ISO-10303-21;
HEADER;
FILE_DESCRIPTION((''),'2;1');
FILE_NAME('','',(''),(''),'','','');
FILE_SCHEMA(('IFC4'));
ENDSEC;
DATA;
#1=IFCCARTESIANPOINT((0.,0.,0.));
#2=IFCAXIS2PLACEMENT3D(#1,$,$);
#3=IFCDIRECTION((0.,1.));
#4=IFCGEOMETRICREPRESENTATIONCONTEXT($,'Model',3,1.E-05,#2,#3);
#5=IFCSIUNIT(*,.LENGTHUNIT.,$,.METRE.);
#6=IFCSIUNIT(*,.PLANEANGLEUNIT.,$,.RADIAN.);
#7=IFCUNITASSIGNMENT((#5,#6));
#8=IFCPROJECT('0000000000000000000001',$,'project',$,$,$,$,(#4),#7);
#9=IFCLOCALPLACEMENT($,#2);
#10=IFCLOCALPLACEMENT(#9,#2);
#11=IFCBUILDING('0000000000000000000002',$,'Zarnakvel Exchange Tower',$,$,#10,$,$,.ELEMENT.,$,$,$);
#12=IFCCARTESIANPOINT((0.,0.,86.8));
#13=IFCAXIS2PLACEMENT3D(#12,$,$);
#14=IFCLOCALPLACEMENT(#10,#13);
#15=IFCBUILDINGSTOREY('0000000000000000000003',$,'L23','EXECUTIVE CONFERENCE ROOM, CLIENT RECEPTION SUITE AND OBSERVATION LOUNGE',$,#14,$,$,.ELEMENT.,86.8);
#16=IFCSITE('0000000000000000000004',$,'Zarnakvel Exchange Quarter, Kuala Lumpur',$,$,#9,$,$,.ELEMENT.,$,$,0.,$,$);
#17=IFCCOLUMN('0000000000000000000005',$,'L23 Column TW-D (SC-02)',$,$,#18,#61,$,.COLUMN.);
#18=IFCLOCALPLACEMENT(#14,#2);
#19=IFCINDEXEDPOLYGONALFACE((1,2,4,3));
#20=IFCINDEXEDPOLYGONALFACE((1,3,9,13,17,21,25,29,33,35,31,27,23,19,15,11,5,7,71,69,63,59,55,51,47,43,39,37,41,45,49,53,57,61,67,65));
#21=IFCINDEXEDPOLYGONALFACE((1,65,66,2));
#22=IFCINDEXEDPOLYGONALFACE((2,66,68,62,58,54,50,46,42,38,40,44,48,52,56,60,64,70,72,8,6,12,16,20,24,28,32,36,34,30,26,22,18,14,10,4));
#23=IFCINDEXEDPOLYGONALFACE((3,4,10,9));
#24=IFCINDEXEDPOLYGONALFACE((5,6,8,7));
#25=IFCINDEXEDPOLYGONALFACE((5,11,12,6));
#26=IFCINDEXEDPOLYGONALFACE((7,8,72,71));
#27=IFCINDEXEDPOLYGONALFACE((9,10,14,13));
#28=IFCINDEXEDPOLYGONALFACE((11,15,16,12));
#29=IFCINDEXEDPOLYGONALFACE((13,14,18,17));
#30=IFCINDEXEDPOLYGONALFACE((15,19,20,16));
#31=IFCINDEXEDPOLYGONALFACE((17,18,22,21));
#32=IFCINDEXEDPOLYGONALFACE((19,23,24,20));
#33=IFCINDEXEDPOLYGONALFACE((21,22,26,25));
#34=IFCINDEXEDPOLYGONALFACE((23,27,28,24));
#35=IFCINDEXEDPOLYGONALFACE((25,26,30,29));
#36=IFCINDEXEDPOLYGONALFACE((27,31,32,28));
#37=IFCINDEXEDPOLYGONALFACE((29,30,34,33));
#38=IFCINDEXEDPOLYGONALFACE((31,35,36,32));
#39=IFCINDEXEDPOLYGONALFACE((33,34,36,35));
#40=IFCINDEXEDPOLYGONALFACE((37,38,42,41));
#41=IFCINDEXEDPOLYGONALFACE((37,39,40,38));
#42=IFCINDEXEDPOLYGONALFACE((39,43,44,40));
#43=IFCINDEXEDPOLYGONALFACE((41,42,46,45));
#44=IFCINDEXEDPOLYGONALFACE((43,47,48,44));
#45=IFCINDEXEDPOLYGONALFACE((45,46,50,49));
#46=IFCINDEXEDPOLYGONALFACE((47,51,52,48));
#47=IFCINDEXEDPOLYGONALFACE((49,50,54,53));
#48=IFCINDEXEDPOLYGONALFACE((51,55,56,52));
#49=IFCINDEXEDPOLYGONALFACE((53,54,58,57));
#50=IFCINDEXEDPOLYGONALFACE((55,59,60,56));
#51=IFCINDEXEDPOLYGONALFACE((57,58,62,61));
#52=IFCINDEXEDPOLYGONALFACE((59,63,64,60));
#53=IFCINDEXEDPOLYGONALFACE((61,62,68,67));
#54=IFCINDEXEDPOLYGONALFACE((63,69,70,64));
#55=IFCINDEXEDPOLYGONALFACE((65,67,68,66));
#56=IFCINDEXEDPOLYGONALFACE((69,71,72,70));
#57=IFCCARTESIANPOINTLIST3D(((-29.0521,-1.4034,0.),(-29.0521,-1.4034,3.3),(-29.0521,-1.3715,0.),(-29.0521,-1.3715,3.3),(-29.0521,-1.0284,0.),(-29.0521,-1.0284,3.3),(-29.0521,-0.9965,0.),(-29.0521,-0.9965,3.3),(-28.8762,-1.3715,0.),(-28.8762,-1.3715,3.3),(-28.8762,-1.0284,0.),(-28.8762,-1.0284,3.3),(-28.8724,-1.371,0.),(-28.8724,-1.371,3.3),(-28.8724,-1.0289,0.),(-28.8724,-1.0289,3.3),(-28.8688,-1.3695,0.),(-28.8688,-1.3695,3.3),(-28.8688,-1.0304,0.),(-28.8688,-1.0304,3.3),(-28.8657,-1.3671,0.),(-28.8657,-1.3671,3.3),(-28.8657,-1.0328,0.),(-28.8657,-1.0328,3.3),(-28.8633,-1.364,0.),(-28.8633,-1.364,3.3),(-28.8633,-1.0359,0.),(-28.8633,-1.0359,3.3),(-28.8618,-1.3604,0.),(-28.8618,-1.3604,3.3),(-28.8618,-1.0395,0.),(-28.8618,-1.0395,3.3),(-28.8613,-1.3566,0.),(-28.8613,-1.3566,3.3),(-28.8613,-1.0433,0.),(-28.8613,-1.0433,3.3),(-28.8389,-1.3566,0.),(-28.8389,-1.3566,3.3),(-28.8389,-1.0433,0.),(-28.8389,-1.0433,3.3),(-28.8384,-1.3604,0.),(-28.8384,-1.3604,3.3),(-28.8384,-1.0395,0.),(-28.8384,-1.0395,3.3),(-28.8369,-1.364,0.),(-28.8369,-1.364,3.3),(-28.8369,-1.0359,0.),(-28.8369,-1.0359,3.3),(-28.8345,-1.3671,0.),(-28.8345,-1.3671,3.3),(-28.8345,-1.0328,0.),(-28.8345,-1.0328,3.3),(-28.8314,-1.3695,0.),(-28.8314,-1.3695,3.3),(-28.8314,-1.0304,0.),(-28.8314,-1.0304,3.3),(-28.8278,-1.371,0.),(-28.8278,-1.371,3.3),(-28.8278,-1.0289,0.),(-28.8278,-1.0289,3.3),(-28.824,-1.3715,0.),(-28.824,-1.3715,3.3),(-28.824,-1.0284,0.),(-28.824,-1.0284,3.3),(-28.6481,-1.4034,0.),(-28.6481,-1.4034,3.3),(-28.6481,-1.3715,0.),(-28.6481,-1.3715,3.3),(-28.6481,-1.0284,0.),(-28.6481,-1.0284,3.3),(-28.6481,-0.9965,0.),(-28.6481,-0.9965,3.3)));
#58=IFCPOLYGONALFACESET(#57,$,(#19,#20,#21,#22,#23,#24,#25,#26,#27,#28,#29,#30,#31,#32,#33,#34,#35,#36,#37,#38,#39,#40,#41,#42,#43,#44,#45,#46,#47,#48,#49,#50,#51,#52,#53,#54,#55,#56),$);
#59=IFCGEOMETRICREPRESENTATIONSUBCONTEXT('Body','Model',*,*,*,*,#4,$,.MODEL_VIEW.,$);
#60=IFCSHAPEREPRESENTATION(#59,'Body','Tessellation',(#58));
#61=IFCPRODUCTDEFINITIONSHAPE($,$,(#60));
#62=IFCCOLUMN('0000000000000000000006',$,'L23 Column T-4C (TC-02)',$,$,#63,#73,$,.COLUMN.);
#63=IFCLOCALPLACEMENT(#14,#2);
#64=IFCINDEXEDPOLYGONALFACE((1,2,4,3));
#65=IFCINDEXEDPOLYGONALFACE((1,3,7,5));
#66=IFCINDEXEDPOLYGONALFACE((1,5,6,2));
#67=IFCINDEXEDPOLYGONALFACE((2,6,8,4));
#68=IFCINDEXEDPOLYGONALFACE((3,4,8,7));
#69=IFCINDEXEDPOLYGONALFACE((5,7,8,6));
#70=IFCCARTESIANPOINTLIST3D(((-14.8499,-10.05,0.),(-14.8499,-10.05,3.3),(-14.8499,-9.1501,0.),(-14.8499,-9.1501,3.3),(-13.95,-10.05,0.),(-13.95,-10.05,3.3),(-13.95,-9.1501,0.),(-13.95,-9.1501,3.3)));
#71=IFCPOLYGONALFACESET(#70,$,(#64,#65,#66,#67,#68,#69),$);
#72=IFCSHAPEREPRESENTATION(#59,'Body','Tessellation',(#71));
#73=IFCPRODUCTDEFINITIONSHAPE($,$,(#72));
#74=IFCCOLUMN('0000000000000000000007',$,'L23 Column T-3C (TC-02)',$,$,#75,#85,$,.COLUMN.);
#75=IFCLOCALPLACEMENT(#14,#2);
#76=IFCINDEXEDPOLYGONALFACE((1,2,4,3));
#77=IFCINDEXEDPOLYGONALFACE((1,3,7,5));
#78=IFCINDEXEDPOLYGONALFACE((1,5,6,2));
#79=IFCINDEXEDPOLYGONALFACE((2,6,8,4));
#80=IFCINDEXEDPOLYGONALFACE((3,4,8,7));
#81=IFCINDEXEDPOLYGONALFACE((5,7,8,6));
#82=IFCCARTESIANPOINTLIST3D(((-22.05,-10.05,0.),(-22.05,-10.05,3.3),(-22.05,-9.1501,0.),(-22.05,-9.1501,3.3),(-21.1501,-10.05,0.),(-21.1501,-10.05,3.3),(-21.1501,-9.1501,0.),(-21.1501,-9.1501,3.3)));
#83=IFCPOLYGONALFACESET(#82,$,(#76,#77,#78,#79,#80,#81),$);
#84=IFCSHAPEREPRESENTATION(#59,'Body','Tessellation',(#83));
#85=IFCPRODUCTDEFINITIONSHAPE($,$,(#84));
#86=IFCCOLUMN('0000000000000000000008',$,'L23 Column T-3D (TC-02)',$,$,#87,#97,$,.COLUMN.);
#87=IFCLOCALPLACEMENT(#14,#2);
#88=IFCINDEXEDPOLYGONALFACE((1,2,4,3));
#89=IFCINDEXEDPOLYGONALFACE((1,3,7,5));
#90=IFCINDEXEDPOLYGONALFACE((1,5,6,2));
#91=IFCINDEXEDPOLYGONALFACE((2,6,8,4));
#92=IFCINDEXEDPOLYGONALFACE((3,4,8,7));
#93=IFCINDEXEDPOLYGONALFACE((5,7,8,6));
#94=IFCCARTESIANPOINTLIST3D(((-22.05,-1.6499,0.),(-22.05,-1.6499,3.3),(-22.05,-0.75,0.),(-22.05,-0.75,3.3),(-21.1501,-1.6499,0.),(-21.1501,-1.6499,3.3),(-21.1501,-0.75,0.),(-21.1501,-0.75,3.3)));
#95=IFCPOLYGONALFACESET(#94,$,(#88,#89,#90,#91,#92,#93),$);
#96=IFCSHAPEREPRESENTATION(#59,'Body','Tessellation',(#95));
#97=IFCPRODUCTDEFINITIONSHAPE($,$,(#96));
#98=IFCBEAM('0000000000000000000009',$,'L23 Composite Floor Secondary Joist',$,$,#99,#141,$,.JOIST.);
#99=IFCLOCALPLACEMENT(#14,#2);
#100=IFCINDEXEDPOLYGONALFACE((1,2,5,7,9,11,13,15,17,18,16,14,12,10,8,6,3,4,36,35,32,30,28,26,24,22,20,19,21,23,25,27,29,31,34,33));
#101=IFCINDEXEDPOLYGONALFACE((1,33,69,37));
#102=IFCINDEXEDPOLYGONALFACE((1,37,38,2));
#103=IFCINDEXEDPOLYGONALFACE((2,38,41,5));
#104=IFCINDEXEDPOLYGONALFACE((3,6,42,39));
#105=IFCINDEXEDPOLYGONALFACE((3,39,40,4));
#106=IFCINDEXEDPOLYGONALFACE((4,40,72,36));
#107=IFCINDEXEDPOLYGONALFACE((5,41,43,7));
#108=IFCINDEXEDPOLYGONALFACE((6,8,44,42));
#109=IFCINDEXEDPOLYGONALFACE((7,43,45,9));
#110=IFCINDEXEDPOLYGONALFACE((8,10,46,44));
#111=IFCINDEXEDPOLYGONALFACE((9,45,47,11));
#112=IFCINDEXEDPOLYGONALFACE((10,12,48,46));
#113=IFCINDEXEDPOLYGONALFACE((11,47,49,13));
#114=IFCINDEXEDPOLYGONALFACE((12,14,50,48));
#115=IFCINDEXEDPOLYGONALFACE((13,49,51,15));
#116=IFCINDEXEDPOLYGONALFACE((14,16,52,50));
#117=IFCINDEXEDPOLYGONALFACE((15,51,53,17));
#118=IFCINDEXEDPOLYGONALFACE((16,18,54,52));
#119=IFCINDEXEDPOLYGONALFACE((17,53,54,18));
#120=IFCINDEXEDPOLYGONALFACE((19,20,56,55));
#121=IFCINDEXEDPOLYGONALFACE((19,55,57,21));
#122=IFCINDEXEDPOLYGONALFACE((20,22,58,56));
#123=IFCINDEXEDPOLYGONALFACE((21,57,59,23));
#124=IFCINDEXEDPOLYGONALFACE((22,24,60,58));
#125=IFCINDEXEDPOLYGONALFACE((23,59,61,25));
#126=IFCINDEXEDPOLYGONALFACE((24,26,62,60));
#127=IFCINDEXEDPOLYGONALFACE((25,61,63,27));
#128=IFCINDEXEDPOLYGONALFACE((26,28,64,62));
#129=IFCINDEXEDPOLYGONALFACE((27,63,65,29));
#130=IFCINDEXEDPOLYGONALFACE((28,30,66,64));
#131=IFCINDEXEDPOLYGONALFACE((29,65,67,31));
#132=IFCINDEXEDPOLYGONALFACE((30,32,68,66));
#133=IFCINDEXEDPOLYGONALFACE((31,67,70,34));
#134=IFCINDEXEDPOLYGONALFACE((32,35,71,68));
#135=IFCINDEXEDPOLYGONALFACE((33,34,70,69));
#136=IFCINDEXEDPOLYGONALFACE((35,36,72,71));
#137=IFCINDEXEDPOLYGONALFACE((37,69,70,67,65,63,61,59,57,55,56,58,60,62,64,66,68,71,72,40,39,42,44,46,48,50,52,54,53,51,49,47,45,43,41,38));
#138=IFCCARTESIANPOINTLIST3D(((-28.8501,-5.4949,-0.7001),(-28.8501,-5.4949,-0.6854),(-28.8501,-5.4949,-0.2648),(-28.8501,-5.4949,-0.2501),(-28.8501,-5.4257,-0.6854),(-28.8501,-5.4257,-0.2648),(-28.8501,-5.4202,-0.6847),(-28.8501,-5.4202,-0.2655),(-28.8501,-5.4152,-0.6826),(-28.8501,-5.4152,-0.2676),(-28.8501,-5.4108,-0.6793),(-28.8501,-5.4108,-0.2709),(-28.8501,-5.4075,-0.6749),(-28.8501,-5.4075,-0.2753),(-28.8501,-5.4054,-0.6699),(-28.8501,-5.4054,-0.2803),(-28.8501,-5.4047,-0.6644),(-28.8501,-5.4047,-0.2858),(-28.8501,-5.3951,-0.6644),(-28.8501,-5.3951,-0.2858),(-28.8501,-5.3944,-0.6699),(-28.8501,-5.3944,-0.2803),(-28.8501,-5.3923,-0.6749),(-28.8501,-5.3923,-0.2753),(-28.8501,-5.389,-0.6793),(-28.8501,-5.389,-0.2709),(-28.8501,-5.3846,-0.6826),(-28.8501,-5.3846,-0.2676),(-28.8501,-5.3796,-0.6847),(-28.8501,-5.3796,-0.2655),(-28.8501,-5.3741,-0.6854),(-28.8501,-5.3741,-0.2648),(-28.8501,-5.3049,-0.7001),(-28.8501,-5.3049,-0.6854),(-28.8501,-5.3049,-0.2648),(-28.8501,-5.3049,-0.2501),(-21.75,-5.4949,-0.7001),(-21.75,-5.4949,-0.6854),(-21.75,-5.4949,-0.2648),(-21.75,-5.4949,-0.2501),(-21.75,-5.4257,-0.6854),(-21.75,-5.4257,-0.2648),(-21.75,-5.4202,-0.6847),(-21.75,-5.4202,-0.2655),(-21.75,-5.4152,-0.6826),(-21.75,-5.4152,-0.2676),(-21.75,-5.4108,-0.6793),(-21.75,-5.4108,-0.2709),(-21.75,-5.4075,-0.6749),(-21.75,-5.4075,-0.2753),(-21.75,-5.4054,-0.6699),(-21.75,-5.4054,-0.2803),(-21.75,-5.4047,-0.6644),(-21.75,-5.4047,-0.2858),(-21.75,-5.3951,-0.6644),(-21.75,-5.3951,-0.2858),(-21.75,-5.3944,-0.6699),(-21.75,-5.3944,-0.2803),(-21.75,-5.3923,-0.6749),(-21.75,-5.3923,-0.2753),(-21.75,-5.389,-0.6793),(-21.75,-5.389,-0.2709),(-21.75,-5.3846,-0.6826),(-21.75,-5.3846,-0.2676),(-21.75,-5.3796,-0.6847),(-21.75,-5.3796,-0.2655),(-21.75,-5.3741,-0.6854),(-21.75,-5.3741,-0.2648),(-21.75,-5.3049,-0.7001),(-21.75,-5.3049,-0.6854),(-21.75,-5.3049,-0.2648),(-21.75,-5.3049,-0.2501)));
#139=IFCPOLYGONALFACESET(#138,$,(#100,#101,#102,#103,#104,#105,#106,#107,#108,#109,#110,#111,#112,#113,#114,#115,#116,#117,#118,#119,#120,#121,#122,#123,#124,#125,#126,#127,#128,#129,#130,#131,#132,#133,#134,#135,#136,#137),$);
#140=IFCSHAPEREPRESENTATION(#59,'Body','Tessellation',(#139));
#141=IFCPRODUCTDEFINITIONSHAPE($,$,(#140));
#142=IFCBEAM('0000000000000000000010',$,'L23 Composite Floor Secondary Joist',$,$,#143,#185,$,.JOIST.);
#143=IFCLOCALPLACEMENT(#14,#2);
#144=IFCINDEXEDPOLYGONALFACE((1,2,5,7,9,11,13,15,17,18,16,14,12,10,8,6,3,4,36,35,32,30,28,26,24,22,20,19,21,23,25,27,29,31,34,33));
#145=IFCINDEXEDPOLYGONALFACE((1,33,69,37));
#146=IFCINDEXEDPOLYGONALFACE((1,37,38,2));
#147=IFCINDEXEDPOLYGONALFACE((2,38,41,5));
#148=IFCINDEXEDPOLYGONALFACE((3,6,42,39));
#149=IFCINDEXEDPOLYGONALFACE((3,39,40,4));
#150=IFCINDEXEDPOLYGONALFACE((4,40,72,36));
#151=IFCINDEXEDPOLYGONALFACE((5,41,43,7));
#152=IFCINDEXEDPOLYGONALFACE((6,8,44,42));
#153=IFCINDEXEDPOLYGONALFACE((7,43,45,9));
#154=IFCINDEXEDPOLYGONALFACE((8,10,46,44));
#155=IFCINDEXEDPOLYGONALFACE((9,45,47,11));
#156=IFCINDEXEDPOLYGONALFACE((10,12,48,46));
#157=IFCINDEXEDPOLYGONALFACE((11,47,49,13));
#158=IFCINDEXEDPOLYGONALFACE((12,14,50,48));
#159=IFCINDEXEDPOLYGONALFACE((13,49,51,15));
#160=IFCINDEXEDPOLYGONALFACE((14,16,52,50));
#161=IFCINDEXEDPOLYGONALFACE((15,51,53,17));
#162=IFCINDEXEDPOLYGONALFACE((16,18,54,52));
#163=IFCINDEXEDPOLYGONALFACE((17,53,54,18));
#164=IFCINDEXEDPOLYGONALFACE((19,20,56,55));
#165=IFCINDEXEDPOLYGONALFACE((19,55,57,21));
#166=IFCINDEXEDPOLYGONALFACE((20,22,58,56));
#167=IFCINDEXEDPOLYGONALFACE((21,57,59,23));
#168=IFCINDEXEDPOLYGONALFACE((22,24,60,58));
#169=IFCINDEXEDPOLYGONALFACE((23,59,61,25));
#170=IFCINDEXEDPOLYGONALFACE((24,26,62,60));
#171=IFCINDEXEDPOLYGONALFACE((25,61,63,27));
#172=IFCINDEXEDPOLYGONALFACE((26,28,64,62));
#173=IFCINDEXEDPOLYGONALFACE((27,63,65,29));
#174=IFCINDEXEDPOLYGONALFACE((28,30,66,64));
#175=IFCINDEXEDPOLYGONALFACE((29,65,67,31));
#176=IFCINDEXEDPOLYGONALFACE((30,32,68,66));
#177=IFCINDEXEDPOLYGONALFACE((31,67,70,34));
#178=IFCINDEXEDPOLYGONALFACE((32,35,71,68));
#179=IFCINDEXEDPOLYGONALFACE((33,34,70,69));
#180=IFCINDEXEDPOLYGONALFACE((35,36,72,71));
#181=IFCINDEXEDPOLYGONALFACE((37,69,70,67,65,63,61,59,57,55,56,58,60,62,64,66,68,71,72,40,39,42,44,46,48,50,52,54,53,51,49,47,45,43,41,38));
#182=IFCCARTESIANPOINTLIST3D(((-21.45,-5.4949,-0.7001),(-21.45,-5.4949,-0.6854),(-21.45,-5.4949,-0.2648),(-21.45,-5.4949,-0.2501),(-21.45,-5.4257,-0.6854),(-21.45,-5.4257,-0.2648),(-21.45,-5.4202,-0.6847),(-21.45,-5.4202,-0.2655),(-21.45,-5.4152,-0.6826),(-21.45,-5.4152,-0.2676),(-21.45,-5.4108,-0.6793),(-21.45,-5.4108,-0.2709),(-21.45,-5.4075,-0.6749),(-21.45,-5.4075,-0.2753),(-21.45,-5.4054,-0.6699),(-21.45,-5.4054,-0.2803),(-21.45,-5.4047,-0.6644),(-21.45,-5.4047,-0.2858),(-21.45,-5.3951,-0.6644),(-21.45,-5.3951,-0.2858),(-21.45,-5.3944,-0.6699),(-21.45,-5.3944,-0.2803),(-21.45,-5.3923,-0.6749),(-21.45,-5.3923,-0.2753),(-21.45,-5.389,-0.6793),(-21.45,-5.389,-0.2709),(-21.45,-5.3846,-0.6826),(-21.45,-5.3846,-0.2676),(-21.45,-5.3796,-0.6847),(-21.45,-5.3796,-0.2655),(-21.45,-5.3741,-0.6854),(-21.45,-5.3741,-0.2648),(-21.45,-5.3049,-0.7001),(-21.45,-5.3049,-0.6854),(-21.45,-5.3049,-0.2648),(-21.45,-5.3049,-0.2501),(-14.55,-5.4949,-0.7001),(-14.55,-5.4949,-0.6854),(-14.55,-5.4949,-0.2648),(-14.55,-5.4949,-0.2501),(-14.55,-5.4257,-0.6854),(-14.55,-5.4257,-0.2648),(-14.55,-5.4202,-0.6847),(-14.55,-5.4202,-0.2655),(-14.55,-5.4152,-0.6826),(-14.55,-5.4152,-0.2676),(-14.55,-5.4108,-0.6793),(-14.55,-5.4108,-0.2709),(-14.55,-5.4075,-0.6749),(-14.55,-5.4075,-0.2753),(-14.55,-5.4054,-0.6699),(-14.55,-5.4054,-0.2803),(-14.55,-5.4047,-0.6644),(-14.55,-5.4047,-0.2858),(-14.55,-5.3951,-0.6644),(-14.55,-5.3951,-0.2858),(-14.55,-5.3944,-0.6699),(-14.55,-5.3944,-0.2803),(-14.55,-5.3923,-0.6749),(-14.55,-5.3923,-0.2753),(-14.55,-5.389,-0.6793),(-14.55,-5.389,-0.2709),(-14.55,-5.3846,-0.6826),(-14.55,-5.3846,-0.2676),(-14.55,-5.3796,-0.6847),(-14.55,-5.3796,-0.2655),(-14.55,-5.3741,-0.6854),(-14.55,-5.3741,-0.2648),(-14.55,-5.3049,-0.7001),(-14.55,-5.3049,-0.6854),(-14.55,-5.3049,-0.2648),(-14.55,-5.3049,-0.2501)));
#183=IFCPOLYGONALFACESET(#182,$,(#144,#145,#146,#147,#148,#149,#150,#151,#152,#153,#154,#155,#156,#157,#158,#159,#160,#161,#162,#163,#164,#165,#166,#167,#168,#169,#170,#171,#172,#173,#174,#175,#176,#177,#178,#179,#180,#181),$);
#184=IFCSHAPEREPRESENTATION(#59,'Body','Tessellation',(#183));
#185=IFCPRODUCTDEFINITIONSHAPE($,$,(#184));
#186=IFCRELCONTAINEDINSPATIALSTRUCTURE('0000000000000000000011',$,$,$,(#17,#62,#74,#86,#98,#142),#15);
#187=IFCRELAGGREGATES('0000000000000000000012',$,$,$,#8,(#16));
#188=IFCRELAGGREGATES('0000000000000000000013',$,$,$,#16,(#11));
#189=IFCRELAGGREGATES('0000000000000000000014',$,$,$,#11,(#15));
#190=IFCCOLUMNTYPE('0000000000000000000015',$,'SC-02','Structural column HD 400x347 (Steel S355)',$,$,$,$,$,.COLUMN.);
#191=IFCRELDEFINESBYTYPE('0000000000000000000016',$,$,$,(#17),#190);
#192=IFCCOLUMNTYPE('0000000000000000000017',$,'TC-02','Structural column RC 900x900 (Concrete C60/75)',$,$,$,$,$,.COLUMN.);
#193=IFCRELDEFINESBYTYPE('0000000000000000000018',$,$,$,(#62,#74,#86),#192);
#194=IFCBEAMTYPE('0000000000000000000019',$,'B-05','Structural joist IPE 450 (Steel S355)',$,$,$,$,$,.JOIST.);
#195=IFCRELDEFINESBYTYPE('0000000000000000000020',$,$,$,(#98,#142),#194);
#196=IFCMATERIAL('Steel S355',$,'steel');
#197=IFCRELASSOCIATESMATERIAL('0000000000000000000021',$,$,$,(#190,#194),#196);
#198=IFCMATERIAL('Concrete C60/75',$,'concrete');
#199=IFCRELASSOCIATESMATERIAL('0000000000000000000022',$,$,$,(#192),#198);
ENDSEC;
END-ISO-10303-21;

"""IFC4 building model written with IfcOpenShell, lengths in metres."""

from ifc_helpers import new_model, si_unit, direction, frame, origin, origin_2d, place, context, subcontext, project, spatial, rectangle, i_section, extrude, material, material_profile, profile_set, type_object, element, save


model = new_model("IFC4")

# Units and contexts
model_context = context("Model", 3, precision=1e-05, world=origin(), true_north=direction((0.0, 1.0)))
body_context = subcontext(model_context, "Body", "Model", "MODEL_VIEW")
ifc_project = project(units=[si_unit("LENGTHUNIT", "METRE"), si_unit("PLANEANGLEUNIT", "RADIAN")], contexts=[model_context])

# Site, building, storey
site_placement = place(None, origin())
site = spatial("IfcSite", under=ifc_project, at=site_placement, Name="Zarnakvel Exchange Quarter, Kuala Lumpur", CompositionType="ELEMENT", RefElevation=0.0)
building_placement = place(site_placement, origin())
building = spatial("IfcBuilding", under=site, at=building_placement, Name="Zarnakvel Exchange Tower", CompositionType="ELEMENT")
storey_placement = place(building_placement, frame((0.0, 0.0, 86.8)))
storey = spatial("IfcBuildingStorey", under=building, at=storey_placement, Name="L23", Description="EXECUTIVE CONFERENCE ROOM, CLIENT RECEPTION SUITE AND OBSERVATION LOUNGE", CompositionType="ELEMENT", Elevation=86.8)

# Columns
ifc_material_1 = material(Name="Steel S355", Category="steel")
ifc_material_profile_1 = material_profile(ifc_material_1, i_section(OverallWidth=0.4041, OverallDepth=0.407, WebThickness=0.0225, FlangeThickness=0.032, FilletRadius=0.0149, at=origin_2d()))
ifc_profile_set_1 = profile_set([ifc_material_profile_1], Name="Steel S355")
column_type_1 = type_object("IfcColumnType", Name="SC-02", Description="Structural column HD 400x347 (Steel S355)", PredefinedType="COLUMN", material=ifc_profile_set_1)
column_placement = place(storey_placement, frame((-28.8501, -1.2, 0.0), z_axis=(0.0, 0.0, 1.0), x_axis=(1.0, 0.0, 0.0)))
element("IfcColumn", 1, at=column_placement, inside=storey, type_object=column_type_1, Name="L23 Column TW-D (SC-02)", PredefinedType="COLUMN", context=body_context, shape_type="SweptSolid", body=[
    extrude(i_section(OverallWidth=0.4041, OverallDepth=0.407, WebThickness=0.0225, FlangeThickness=0.032, FilletRadius=0.0149, at=origin_2d()), origin(), (0.0, 0.0, 1.0), 3.3),
])
ifc_material_2 = material(Name="Concrete C60/75", Category="concrete")
ifc_material_profile_2 = material_profile(ifc_material_2, rectangle(XDim=0.8999, YDim=0.8999, at=origin_2d()))
ifc_profile_set_2 = profile_set([ifc_material_profile_2], Name="Concrete C60/75")
column_type_2 = type_object("IfcColumnType", Name="TC-02", Description="Structural column RC 900x900 (Concrete C60/75)", PredefinedType="COLUMN", material=ifc_profile_set_2)
for number, where, z_axis, x_axis, name in (
    (2, (-14.3999, -9.6001, 0.0), (0.0, 0.0, 1.0), (1.0, 0.0, 0.0), "L23 Column T-4C (TC-02)"),
    (3, (-21.6001, -9.6001, 0.0), (0.0, 0.0, 1.0), (1.0, 0.0, 0.0), "L23 Column T-3C (TC-02)"),
    (4, (-21.6001, -1.2, 0.0), (0.0, 0.0, 1.0), (1.0, 0.0, 0.0), "L23 Column T-3D (TC-02)"),
):
    element("IfcColumn", number, at=place(storey_placement, frame(where, z_axis=z_axis, x_axis=x_axis)), inside=storey, type_object=column_type_2, Name=name, PredefinedType="COLUMN", context=body_context, shape_type="SweptSolid", body=[
        extrude(rectangle(XDim=0.8999, YDim=0.8999, at=origin_2d()), origin(), (0.0, 0.0, 1.0), 3.3),
    ])

# Beams
ifc_material_profile_3 = material_profile(ifc_material_1, i_section(OverallWidth=0.1899, OverallDepth=0.45, WebThickness=0.0095, FlangeThickness=0.0146, FilletRadius=0.021, at=origin_2d()))
ifc_profile_set_3 = profile_set([ifc_material_profile_3], Name="Steel S355")
beam_type_1 = type_object("IfcBeamType", Name="B-05", Description="Structural joist IPE 450 (Steel S355)", PredefinedType="JOIST", material=ifc_profile_set_3)
beam_1_placement = place(storey_placement, frame((-28.8501, -5.3999, -0.4751), z_axis=(1.0, 0.0, 0.0), x_axis=(0.0, 1.0, 0.0)))
element("IfcBeam", 5, at=beam_1_placement, inside=storey, type_object=beam_type_1, Name="L23 Composite Floor Secondary Joist", PredefinedType="JOIST", context=body_context, shape_type="SweptSolid", body=[
    extrude(i_section(OverallWidth=0.1899, OverallDepth=0.45, WebThickness=0.0095, FlangeThickness=0.0146, FilletRadius=0.021, at=origin_2d()), origin(), (0.0, 0.0, 1.0), 7.1001),
])
beam_2_placement = place(storey_placement, frame((-21.45, -5.3999, -0.4751), z_axis=(1.0, 0.0, 0.0), x_axis=(0.0, 1.0, 0.0)))
element("IfcBeam", 6, at=beam_2_placement, inside=storey, type_object=beam_type_1, Name="L23 Composite Floor Secondary Joist", PredefinedType="JOIST", context=body_context, shape_type="SweptSolid", body=[
    extrude(i_section(OverallWidth=0.1899, OverallDepth=0.45, WebThickness=0.0095, FlangeThickness=0.0146, FilletRadius=0.021, at=origin_2d()), origin(), (0.0, 0.0, 1.0), 6.8999),
])

save(model, "model.ifc")
